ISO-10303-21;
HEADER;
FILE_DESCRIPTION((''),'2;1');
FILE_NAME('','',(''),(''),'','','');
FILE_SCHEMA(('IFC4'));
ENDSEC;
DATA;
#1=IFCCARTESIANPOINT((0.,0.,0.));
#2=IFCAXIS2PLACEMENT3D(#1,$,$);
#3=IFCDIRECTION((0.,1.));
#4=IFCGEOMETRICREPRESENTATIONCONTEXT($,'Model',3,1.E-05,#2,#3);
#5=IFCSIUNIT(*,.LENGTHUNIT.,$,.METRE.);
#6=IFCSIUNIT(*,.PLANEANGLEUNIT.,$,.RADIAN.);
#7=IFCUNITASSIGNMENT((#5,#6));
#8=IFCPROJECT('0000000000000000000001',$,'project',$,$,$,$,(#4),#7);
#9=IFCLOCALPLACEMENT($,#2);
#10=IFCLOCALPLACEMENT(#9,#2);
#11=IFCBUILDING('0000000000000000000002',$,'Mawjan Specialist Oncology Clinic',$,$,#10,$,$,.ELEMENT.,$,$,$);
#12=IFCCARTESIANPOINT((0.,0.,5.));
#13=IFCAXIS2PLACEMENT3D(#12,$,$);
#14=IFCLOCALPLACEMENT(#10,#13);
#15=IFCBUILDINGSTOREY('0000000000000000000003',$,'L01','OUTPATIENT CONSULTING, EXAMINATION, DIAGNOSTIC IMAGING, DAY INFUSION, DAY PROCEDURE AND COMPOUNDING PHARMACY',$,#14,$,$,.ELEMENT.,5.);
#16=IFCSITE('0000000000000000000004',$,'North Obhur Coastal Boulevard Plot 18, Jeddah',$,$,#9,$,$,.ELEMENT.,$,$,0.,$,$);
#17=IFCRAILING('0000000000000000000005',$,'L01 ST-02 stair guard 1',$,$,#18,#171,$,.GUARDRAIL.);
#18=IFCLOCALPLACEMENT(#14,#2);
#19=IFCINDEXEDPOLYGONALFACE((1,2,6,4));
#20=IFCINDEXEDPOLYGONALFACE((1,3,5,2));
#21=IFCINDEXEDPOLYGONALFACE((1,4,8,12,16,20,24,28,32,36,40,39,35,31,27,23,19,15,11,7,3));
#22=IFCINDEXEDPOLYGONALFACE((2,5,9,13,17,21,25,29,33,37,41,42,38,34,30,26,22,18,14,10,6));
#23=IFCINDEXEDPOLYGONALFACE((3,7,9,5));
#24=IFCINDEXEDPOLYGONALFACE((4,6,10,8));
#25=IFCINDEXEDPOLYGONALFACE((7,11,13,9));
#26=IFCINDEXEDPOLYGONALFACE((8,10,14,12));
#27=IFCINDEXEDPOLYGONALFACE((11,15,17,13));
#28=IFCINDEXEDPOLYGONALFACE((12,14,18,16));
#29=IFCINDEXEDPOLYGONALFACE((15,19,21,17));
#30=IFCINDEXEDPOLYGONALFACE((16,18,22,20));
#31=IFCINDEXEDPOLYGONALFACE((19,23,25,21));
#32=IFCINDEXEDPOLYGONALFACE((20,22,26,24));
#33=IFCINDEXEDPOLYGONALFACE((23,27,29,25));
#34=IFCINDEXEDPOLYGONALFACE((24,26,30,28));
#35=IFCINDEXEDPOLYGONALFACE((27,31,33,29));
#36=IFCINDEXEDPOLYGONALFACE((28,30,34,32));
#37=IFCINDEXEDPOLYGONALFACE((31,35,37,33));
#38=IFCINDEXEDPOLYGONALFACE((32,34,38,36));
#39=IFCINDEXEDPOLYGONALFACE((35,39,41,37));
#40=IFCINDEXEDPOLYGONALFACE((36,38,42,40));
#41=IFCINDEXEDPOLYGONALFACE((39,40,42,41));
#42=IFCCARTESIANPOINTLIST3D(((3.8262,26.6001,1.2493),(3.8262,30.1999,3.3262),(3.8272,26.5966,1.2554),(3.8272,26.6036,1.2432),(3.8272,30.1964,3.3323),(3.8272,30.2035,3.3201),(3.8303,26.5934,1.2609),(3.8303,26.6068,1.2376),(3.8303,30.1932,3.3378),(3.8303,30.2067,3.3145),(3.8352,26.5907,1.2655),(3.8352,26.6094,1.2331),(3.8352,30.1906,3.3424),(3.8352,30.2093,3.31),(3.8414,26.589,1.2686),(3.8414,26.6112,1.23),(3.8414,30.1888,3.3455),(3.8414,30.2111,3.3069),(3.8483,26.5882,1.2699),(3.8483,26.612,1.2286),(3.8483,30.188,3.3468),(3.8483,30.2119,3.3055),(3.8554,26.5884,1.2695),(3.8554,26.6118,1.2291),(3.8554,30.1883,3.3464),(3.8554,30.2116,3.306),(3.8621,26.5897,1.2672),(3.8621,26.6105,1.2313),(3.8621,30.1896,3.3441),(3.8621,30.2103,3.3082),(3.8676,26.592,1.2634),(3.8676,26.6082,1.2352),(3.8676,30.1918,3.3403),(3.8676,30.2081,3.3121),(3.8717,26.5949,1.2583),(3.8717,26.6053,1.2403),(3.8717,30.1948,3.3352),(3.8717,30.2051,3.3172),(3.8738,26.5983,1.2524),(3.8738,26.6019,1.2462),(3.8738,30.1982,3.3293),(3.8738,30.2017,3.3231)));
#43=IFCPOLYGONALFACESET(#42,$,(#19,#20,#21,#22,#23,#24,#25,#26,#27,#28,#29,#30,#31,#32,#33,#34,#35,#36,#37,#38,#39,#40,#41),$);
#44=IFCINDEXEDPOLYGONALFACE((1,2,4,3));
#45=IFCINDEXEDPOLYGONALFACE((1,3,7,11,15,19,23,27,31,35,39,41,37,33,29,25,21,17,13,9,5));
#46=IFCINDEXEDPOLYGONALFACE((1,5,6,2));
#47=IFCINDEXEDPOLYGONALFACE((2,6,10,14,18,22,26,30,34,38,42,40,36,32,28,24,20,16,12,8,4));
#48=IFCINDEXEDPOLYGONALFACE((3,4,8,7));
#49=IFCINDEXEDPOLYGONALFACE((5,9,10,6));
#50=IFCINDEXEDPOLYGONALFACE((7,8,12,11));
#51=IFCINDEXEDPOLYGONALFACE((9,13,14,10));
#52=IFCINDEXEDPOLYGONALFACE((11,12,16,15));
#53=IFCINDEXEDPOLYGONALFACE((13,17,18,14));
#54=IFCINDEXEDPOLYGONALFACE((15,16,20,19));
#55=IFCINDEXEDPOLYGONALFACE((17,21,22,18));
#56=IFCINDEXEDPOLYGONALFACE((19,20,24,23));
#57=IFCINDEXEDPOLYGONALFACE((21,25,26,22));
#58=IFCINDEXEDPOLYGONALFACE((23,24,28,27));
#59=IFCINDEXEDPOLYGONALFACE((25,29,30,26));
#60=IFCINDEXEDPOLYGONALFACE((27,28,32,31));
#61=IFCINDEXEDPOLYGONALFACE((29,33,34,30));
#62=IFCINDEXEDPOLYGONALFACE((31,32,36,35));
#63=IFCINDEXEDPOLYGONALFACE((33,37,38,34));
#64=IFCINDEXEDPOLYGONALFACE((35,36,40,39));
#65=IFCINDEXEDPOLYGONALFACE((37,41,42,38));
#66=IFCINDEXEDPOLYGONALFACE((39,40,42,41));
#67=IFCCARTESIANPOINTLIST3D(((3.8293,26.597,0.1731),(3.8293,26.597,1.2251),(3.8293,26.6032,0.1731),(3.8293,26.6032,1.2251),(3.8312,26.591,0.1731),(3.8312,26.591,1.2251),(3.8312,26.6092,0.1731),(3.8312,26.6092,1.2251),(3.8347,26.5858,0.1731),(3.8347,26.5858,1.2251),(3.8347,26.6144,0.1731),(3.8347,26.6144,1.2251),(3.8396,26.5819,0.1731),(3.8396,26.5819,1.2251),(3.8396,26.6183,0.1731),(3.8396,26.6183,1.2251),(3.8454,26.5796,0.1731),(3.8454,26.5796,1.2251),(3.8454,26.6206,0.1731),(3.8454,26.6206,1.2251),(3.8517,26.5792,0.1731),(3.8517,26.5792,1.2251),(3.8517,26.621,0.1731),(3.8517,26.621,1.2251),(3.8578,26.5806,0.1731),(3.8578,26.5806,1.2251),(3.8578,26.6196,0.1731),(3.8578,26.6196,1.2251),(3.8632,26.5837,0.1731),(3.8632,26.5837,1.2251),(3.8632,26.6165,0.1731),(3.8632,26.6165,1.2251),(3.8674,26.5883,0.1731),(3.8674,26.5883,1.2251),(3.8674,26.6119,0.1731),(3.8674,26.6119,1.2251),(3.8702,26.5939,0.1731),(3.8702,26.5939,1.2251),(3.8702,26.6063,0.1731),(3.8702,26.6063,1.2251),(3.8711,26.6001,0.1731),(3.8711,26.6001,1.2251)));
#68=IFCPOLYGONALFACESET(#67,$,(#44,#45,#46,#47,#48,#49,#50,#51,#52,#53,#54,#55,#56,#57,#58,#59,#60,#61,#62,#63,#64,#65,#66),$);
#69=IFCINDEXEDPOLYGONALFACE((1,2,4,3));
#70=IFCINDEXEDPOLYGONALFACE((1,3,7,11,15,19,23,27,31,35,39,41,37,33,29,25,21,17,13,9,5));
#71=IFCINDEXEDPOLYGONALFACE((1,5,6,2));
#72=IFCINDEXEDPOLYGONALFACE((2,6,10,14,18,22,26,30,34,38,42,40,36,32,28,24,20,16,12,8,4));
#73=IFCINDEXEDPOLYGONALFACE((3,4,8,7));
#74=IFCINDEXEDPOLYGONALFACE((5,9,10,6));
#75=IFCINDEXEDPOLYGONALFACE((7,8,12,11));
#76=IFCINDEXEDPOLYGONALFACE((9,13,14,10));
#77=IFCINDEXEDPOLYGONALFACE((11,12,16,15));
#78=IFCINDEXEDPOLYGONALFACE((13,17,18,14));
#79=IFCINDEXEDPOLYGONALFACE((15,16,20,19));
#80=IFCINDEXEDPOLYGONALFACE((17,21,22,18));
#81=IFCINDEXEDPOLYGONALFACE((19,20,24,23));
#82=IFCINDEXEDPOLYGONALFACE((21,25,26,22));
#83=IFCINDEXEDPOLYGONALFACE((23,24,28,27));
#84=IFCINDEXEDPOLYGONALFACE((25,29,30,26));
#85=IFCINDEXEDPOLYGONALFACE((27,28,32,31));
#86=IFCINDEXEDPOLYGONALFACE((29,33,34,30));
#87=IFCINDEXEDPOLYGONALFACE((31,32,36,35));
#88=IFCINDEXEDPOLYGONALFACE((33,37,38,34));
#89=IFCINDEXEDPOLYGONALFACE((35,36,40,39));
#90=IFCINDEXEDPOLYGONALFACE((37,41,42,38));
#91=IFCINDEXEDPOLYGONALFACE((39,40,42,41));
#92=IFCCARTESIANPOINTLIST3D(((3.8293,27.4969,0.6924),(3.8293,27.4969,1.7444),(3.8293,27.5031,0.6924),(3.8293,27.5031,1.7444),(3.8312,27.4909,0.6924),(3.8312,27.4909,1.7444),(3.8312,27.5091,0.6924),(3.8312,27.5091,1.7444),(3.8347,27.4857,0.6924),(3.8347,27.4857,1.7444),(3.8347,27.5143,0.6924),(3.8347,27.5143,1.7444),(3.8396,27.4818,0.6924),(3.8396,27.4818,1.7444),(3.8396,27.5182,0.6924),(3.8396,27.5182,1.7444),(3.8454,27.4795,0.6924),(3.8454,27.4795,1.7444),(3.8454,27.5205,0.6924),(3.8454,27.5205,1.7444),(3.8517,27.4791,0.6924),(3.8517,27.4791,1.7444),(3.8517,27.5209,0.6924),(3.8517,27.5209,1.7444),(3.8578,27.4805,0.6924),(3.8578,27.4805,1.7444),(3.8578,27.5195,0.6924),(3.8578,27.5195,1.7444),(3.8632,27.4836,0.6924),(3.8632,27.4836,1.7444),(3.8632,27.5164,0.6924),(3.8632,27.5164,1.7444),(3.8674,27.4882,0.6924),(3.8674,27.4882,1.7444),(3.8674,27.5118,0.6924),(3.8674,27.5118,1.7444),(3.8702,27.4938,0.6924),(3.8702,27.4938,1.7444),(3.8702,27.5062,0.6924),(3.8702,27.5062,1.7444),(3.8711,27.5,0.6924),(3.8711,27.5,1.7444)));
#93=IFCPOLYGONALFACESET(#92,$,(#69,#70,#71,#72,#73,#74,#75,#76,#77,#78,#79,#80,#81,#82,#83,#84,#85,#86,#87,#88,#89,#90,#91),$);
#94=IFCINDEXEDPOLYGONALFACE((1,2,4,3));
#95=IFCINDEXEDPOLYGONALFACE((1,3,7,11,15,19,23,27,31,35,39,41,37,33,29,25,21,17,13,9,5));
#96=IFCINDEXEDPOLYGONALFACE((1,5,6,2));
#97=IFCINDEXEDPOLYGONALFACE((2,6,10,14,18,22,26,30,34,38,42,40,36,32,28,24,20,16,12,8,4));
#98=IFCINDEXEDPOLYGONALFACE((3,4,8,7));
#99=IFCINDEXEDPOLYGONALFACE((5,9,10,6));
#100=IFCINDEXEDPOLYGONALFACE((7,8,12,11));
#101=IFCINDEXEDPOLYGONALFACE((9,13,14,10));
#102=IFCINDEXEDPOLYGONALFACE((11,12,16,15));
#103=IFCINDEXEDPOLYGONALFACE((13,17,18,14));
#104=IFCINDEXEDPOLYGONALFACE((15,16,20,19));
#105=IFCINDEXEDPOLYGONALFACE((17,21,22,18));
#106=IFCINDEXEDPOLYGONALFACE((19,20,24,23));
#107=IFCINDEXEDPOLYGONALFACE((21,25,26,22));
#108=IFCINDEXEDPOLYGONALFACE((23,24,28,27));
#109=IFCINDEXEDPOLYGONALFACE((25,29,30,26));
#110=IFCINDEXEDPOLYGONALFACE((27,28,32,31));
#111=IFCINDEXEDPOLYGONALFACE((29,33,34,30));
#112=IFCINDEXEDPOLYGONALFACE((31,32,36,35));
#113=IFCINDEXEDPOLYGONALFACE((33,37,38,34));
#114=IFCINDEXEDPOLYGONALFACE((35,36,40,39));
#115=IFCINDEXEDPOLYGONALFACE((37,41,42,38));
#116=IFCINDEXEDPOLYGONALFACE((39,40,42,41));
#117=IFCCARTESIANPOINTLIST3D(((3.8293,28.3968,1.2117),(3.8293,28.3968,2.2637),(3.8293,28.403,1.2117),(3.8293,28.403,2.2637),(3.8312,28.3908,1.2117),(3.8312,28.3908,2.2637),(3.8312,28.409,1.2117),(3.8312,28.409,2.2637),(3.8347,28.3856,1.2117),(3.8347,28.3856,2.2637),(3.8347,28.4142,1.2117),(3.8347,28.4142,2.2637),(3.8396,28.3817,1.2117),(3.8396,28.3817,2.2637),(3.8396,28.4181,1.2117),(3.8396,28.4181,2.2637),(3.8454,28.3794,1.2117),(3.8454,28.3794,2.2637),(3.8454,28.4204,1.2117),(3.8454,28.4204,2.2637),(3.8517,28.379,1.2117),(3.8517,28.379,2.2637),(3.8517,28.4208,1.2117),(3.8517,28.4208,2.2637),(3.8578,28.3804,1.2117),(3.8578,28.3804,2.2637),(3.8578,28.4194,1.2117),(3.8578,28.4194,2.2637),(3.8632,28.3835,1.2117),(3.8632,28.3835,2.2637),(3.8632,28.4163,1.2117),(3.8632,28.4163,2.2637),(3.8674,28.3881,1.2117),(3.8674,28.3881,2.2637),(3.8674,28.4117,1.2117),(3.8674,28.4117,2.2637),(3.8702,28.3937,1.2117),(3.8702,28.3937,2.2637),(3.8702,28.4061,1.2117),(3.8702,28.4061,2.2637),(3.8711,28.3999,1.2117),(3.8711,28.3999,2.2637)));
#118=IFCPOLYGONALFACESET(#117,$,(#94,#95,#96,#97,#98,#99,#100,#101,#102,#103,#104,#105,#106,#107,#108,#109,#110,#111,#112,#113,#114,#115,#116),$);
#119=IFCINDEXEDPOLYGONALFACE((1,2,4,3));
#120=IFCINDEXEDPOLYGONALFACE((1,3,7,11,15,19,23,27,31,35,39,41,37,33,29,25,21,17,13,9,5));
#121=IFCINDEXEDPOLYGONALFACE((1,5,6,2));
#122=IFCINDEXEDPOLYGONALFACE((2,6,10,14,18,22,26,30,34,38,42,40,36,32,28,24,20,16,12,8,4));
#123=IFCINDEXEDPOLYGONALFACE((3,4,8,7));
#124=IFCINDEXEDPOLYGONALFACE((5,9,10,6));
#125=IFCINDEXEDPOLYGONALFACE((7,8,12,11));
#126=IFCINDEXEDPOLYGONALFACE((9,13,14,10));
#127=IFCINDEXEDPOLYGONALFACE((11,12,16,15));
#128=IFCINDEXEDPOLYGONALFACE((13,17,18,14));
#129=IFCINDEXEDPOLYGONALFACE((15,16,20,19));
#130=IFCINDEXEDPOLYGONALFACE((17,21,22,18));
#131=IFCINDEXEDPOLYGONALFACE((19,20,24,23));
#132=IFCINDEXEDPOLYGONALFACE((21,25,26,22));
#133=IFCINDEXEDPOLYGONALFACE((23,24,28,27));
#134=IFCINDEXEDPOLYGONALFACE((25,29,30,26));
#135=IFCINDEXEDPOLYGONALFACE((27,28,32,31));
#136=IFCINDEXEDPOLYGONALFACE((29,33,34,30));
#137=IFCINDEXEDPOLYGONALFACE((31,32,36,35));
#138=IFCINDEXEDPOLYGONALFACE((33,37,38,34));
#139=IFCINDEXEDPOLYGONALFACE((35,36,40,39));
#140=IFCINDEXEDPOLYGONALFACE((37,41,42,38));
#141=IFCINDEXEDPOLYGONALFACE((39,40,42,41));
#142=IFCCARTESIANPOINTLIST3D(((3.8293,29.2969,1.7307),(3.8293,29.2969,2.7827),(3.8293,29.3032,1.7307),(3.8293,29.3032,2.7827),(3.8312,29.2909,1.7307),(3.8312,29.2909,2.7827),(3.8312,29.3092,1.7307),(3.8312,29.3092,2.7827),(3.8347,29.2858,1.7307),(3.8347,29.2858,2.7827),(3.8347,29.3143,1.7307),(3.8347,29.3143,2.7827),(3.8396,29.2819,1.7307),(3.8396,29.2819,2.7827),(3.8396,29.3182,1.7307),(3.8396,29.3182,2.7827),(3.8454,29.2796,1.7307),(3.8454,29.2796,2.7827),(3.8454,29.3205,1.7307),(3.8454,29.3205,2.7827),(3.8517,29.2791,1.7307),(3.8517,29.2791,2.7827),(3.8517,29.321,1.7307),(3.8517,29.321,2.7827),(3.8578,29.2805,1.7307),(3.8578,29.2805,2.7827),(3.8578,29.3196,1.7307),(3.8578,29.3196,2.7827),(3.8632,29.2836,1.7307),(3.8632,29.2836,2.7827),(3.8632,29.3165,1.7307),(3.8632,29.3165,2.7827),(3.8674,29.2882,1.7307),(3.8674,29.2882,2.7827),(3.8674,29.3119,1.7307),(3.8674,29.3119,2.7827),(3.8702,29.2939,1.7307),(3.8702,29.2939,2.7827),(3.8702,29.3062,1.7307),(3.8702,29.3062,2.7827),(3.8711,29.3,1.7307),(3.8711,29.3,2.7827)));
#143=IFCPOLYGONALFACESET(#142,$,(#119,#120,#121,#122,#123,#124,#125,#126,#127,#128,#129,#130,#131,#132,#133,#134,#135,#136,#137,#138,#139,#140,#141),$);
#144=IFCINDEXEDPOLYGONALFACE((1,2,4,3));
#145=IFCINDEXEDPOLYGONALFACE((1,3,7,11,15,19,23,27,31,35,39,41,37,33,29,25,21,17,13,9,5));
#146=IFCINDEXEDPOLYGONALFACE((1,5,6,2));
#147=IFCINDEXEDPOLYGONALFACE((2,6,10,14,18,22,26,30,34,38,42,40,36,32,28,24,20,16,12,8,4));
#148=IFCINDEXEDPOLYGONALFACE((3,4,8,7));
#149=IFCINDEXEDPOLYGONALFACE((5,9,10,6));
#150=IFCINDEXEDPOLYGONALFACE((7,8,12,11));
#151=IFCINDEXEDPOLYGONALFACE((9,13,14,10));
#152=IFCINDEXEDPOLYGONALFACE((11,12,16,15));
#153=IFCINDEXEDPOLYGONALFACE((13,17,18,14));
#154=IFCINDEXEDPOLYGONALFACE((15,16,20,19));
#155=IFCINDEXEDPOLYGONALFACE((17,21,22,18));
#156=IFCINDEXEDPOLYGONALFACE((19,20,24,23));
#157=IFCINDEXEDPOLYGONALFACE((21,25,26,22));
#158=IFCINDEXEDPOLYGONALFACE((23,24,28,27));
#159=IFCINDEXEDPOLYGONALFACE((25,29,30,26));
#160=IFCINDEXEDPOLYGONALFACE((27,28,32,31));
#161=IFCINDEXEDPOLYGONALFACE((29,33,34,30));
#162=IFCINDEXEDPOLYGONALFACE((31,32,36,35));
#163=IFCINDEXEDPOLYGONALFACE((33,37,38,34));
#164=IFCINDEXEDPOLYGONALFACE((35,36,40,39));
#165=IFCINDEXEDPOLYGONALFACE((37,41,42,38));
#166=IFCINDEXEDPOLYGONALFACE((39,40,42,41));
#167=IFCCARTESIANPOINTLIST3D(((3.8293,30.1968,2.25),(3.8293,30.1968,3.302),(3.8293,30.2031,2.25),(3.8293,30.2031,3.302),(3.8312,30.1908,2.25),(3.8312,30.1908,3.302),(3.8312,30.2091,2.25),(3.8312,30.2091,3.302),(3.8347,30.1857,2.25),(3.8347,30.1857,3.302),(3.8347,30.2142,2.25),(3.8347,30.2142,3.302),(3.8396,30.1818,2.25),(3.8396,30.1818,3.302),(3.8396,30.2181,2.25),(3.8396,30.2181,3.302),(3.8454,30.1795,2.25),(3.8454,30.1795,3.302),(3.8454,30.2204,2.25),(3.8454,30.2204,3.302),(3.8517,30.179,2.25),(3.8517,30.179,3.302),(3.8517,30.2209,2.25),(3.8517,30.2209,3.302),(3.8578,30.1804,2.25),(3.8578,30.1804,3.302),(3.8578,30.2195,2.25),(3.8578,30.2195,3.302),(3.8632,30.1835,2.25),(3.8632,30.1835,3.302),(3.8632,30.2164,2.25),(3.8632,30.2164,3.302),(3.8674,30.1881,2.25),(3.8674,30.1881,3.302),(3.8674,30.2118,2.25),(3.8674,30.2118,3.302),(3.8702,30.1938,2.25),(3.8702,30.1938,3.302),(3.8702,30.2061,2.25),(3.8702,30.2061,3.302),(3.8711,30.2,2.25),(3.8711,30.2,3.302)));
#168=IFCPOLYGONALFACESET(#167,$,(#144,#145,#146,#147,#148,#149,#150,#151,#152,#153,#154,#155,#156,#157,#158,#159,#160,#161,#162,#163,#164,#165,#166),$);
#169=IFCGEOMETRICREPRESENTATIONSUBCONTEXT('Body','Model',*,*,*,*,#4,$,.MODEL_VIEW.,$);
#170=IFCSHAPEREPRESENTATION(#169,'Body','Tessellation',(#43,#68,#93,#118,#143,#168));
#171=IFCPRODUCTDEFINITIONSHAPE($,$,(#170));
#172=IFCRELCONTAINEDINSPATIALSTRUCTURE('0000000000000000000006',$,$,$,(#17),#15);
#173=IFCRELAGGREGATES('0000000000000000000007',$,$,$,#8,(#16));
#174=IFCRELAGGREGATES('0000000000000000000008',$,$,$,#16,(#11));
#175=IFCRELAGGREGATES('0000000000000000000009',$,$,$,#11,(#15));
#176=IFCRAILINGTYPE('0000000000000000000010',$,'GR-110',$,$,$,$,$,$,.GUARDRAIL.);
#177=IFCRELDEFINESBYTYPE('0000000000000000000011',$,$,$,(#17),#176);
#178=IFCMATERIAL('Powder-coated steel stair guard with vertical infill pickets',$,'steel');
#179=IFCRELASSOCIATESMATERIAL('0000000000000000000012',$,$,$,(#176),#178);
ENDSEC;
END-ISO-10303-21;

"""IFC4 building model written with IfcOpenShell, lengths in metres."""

from ifc_helpers import new_model, si_unit, direction, frame, origin, origin_2d, place, context, subcontext, project, spatial, circle, extrude, material, type_object, element, save


model = new_model("IFC4")

# Units and contexts
model_context = context("Model", 3, precision=1e-05, world=origin(), true_north=direction((0.0, 1.0)))
body_context = subcontext(model_context, "Body", "Model", "MODEL_VIEW")
ifc_project = project(units=[si_unit("LENGTHUNIT", "METRE"), si_unit("PLANEANGLEUNIT", "RADIAN")], contexts=[model_context])

# Site, building, storey
site_placement = place(None, origin())
site = spatial("IfcSite", under=ifc_project, at=site_placement, Name="North Obhur Coastal Boulevard Plot 18, Jeddah", CompositionType="ELEMENT", RefElevation=0.0)
building_placement = place(site_placement, origin())
building = spatial("IfcBuilding", under=site, at=building_placement, Name="Mawjan Specialist Oncology Clinic", CompositionType="ELEMENT")
storey_placement = place(building_placement, frame((0.0, 0.0, 5.0)))
storey = spatial("IfcBuildingStorey", under=building, at=storey_placement, Name="L01", Description="OUTPATIENT CONSULTING, EXAMINATION, DIAGNOSTIC IMAGING, DAY INFUSION, DAY PROCEDURE AND COMPOUNDING PHARMACY", CompositionType="ELEMENT", Elevation=5.0)

# Railing
ifc_material_1 = material(Name="Powder-coated steel stair guard with vertical infill pickets", Category="steel")
railing_type_1 = type_object("IfcRailingType", Name="GR-110", PredefinedType="GUARDRAIL", material=ifc_material_1)
railing_1_placement = place(storey_placement, frame((3.8501, 26.6001, 0.1731)))
element("IfcRailing", 1, at=railing_1_placement, inside=storey, type_object=railing_type_1, Name="L01 ST-02 stair guard 1", PredefinedType="GUARDRAIL", context=body_context, shape_type="SweptSolid", body=[
    extrude(circle(Radius=0.0239, at=origin_2d()), frame((0.0, 0.0, 1.0762), z_axis=(0.0, 0.866179, 0.499734), x_axis=(-1.0, 0.0, 0.0)), (0.0, 0.0, 1.0), 4.156),
    extrude(circle(Radius=0.021, at=origin_2d()), origin(), (0.0, 0.0, 1.0), 1.052),
    extrude(circle(Radius=0.021, at=origin_2d()), frame((0.0, 0.8999, 0.5193)), (0.0, 0.0, 1.0), 1.052),
    extrude(circle(Radius=0.021, at=origin_2d()), frame((0.0, 1.7998, 1.0386)), (0.0, 0.0, 1.0), 1.052),
    extrude(circle(Radius=0.021, at=origin_2d()), frame((0.0, 2.7, 1.5576)), (0.0, 0.0, 1.0), 1.052),
    extrude(circle(Radius=0.021, at=origin_2d()), frame((0.0, 3.5999, 2.0769)), (0.0, 0.0, 1.0), 1.052),
])

save(model, "model.ifc")
